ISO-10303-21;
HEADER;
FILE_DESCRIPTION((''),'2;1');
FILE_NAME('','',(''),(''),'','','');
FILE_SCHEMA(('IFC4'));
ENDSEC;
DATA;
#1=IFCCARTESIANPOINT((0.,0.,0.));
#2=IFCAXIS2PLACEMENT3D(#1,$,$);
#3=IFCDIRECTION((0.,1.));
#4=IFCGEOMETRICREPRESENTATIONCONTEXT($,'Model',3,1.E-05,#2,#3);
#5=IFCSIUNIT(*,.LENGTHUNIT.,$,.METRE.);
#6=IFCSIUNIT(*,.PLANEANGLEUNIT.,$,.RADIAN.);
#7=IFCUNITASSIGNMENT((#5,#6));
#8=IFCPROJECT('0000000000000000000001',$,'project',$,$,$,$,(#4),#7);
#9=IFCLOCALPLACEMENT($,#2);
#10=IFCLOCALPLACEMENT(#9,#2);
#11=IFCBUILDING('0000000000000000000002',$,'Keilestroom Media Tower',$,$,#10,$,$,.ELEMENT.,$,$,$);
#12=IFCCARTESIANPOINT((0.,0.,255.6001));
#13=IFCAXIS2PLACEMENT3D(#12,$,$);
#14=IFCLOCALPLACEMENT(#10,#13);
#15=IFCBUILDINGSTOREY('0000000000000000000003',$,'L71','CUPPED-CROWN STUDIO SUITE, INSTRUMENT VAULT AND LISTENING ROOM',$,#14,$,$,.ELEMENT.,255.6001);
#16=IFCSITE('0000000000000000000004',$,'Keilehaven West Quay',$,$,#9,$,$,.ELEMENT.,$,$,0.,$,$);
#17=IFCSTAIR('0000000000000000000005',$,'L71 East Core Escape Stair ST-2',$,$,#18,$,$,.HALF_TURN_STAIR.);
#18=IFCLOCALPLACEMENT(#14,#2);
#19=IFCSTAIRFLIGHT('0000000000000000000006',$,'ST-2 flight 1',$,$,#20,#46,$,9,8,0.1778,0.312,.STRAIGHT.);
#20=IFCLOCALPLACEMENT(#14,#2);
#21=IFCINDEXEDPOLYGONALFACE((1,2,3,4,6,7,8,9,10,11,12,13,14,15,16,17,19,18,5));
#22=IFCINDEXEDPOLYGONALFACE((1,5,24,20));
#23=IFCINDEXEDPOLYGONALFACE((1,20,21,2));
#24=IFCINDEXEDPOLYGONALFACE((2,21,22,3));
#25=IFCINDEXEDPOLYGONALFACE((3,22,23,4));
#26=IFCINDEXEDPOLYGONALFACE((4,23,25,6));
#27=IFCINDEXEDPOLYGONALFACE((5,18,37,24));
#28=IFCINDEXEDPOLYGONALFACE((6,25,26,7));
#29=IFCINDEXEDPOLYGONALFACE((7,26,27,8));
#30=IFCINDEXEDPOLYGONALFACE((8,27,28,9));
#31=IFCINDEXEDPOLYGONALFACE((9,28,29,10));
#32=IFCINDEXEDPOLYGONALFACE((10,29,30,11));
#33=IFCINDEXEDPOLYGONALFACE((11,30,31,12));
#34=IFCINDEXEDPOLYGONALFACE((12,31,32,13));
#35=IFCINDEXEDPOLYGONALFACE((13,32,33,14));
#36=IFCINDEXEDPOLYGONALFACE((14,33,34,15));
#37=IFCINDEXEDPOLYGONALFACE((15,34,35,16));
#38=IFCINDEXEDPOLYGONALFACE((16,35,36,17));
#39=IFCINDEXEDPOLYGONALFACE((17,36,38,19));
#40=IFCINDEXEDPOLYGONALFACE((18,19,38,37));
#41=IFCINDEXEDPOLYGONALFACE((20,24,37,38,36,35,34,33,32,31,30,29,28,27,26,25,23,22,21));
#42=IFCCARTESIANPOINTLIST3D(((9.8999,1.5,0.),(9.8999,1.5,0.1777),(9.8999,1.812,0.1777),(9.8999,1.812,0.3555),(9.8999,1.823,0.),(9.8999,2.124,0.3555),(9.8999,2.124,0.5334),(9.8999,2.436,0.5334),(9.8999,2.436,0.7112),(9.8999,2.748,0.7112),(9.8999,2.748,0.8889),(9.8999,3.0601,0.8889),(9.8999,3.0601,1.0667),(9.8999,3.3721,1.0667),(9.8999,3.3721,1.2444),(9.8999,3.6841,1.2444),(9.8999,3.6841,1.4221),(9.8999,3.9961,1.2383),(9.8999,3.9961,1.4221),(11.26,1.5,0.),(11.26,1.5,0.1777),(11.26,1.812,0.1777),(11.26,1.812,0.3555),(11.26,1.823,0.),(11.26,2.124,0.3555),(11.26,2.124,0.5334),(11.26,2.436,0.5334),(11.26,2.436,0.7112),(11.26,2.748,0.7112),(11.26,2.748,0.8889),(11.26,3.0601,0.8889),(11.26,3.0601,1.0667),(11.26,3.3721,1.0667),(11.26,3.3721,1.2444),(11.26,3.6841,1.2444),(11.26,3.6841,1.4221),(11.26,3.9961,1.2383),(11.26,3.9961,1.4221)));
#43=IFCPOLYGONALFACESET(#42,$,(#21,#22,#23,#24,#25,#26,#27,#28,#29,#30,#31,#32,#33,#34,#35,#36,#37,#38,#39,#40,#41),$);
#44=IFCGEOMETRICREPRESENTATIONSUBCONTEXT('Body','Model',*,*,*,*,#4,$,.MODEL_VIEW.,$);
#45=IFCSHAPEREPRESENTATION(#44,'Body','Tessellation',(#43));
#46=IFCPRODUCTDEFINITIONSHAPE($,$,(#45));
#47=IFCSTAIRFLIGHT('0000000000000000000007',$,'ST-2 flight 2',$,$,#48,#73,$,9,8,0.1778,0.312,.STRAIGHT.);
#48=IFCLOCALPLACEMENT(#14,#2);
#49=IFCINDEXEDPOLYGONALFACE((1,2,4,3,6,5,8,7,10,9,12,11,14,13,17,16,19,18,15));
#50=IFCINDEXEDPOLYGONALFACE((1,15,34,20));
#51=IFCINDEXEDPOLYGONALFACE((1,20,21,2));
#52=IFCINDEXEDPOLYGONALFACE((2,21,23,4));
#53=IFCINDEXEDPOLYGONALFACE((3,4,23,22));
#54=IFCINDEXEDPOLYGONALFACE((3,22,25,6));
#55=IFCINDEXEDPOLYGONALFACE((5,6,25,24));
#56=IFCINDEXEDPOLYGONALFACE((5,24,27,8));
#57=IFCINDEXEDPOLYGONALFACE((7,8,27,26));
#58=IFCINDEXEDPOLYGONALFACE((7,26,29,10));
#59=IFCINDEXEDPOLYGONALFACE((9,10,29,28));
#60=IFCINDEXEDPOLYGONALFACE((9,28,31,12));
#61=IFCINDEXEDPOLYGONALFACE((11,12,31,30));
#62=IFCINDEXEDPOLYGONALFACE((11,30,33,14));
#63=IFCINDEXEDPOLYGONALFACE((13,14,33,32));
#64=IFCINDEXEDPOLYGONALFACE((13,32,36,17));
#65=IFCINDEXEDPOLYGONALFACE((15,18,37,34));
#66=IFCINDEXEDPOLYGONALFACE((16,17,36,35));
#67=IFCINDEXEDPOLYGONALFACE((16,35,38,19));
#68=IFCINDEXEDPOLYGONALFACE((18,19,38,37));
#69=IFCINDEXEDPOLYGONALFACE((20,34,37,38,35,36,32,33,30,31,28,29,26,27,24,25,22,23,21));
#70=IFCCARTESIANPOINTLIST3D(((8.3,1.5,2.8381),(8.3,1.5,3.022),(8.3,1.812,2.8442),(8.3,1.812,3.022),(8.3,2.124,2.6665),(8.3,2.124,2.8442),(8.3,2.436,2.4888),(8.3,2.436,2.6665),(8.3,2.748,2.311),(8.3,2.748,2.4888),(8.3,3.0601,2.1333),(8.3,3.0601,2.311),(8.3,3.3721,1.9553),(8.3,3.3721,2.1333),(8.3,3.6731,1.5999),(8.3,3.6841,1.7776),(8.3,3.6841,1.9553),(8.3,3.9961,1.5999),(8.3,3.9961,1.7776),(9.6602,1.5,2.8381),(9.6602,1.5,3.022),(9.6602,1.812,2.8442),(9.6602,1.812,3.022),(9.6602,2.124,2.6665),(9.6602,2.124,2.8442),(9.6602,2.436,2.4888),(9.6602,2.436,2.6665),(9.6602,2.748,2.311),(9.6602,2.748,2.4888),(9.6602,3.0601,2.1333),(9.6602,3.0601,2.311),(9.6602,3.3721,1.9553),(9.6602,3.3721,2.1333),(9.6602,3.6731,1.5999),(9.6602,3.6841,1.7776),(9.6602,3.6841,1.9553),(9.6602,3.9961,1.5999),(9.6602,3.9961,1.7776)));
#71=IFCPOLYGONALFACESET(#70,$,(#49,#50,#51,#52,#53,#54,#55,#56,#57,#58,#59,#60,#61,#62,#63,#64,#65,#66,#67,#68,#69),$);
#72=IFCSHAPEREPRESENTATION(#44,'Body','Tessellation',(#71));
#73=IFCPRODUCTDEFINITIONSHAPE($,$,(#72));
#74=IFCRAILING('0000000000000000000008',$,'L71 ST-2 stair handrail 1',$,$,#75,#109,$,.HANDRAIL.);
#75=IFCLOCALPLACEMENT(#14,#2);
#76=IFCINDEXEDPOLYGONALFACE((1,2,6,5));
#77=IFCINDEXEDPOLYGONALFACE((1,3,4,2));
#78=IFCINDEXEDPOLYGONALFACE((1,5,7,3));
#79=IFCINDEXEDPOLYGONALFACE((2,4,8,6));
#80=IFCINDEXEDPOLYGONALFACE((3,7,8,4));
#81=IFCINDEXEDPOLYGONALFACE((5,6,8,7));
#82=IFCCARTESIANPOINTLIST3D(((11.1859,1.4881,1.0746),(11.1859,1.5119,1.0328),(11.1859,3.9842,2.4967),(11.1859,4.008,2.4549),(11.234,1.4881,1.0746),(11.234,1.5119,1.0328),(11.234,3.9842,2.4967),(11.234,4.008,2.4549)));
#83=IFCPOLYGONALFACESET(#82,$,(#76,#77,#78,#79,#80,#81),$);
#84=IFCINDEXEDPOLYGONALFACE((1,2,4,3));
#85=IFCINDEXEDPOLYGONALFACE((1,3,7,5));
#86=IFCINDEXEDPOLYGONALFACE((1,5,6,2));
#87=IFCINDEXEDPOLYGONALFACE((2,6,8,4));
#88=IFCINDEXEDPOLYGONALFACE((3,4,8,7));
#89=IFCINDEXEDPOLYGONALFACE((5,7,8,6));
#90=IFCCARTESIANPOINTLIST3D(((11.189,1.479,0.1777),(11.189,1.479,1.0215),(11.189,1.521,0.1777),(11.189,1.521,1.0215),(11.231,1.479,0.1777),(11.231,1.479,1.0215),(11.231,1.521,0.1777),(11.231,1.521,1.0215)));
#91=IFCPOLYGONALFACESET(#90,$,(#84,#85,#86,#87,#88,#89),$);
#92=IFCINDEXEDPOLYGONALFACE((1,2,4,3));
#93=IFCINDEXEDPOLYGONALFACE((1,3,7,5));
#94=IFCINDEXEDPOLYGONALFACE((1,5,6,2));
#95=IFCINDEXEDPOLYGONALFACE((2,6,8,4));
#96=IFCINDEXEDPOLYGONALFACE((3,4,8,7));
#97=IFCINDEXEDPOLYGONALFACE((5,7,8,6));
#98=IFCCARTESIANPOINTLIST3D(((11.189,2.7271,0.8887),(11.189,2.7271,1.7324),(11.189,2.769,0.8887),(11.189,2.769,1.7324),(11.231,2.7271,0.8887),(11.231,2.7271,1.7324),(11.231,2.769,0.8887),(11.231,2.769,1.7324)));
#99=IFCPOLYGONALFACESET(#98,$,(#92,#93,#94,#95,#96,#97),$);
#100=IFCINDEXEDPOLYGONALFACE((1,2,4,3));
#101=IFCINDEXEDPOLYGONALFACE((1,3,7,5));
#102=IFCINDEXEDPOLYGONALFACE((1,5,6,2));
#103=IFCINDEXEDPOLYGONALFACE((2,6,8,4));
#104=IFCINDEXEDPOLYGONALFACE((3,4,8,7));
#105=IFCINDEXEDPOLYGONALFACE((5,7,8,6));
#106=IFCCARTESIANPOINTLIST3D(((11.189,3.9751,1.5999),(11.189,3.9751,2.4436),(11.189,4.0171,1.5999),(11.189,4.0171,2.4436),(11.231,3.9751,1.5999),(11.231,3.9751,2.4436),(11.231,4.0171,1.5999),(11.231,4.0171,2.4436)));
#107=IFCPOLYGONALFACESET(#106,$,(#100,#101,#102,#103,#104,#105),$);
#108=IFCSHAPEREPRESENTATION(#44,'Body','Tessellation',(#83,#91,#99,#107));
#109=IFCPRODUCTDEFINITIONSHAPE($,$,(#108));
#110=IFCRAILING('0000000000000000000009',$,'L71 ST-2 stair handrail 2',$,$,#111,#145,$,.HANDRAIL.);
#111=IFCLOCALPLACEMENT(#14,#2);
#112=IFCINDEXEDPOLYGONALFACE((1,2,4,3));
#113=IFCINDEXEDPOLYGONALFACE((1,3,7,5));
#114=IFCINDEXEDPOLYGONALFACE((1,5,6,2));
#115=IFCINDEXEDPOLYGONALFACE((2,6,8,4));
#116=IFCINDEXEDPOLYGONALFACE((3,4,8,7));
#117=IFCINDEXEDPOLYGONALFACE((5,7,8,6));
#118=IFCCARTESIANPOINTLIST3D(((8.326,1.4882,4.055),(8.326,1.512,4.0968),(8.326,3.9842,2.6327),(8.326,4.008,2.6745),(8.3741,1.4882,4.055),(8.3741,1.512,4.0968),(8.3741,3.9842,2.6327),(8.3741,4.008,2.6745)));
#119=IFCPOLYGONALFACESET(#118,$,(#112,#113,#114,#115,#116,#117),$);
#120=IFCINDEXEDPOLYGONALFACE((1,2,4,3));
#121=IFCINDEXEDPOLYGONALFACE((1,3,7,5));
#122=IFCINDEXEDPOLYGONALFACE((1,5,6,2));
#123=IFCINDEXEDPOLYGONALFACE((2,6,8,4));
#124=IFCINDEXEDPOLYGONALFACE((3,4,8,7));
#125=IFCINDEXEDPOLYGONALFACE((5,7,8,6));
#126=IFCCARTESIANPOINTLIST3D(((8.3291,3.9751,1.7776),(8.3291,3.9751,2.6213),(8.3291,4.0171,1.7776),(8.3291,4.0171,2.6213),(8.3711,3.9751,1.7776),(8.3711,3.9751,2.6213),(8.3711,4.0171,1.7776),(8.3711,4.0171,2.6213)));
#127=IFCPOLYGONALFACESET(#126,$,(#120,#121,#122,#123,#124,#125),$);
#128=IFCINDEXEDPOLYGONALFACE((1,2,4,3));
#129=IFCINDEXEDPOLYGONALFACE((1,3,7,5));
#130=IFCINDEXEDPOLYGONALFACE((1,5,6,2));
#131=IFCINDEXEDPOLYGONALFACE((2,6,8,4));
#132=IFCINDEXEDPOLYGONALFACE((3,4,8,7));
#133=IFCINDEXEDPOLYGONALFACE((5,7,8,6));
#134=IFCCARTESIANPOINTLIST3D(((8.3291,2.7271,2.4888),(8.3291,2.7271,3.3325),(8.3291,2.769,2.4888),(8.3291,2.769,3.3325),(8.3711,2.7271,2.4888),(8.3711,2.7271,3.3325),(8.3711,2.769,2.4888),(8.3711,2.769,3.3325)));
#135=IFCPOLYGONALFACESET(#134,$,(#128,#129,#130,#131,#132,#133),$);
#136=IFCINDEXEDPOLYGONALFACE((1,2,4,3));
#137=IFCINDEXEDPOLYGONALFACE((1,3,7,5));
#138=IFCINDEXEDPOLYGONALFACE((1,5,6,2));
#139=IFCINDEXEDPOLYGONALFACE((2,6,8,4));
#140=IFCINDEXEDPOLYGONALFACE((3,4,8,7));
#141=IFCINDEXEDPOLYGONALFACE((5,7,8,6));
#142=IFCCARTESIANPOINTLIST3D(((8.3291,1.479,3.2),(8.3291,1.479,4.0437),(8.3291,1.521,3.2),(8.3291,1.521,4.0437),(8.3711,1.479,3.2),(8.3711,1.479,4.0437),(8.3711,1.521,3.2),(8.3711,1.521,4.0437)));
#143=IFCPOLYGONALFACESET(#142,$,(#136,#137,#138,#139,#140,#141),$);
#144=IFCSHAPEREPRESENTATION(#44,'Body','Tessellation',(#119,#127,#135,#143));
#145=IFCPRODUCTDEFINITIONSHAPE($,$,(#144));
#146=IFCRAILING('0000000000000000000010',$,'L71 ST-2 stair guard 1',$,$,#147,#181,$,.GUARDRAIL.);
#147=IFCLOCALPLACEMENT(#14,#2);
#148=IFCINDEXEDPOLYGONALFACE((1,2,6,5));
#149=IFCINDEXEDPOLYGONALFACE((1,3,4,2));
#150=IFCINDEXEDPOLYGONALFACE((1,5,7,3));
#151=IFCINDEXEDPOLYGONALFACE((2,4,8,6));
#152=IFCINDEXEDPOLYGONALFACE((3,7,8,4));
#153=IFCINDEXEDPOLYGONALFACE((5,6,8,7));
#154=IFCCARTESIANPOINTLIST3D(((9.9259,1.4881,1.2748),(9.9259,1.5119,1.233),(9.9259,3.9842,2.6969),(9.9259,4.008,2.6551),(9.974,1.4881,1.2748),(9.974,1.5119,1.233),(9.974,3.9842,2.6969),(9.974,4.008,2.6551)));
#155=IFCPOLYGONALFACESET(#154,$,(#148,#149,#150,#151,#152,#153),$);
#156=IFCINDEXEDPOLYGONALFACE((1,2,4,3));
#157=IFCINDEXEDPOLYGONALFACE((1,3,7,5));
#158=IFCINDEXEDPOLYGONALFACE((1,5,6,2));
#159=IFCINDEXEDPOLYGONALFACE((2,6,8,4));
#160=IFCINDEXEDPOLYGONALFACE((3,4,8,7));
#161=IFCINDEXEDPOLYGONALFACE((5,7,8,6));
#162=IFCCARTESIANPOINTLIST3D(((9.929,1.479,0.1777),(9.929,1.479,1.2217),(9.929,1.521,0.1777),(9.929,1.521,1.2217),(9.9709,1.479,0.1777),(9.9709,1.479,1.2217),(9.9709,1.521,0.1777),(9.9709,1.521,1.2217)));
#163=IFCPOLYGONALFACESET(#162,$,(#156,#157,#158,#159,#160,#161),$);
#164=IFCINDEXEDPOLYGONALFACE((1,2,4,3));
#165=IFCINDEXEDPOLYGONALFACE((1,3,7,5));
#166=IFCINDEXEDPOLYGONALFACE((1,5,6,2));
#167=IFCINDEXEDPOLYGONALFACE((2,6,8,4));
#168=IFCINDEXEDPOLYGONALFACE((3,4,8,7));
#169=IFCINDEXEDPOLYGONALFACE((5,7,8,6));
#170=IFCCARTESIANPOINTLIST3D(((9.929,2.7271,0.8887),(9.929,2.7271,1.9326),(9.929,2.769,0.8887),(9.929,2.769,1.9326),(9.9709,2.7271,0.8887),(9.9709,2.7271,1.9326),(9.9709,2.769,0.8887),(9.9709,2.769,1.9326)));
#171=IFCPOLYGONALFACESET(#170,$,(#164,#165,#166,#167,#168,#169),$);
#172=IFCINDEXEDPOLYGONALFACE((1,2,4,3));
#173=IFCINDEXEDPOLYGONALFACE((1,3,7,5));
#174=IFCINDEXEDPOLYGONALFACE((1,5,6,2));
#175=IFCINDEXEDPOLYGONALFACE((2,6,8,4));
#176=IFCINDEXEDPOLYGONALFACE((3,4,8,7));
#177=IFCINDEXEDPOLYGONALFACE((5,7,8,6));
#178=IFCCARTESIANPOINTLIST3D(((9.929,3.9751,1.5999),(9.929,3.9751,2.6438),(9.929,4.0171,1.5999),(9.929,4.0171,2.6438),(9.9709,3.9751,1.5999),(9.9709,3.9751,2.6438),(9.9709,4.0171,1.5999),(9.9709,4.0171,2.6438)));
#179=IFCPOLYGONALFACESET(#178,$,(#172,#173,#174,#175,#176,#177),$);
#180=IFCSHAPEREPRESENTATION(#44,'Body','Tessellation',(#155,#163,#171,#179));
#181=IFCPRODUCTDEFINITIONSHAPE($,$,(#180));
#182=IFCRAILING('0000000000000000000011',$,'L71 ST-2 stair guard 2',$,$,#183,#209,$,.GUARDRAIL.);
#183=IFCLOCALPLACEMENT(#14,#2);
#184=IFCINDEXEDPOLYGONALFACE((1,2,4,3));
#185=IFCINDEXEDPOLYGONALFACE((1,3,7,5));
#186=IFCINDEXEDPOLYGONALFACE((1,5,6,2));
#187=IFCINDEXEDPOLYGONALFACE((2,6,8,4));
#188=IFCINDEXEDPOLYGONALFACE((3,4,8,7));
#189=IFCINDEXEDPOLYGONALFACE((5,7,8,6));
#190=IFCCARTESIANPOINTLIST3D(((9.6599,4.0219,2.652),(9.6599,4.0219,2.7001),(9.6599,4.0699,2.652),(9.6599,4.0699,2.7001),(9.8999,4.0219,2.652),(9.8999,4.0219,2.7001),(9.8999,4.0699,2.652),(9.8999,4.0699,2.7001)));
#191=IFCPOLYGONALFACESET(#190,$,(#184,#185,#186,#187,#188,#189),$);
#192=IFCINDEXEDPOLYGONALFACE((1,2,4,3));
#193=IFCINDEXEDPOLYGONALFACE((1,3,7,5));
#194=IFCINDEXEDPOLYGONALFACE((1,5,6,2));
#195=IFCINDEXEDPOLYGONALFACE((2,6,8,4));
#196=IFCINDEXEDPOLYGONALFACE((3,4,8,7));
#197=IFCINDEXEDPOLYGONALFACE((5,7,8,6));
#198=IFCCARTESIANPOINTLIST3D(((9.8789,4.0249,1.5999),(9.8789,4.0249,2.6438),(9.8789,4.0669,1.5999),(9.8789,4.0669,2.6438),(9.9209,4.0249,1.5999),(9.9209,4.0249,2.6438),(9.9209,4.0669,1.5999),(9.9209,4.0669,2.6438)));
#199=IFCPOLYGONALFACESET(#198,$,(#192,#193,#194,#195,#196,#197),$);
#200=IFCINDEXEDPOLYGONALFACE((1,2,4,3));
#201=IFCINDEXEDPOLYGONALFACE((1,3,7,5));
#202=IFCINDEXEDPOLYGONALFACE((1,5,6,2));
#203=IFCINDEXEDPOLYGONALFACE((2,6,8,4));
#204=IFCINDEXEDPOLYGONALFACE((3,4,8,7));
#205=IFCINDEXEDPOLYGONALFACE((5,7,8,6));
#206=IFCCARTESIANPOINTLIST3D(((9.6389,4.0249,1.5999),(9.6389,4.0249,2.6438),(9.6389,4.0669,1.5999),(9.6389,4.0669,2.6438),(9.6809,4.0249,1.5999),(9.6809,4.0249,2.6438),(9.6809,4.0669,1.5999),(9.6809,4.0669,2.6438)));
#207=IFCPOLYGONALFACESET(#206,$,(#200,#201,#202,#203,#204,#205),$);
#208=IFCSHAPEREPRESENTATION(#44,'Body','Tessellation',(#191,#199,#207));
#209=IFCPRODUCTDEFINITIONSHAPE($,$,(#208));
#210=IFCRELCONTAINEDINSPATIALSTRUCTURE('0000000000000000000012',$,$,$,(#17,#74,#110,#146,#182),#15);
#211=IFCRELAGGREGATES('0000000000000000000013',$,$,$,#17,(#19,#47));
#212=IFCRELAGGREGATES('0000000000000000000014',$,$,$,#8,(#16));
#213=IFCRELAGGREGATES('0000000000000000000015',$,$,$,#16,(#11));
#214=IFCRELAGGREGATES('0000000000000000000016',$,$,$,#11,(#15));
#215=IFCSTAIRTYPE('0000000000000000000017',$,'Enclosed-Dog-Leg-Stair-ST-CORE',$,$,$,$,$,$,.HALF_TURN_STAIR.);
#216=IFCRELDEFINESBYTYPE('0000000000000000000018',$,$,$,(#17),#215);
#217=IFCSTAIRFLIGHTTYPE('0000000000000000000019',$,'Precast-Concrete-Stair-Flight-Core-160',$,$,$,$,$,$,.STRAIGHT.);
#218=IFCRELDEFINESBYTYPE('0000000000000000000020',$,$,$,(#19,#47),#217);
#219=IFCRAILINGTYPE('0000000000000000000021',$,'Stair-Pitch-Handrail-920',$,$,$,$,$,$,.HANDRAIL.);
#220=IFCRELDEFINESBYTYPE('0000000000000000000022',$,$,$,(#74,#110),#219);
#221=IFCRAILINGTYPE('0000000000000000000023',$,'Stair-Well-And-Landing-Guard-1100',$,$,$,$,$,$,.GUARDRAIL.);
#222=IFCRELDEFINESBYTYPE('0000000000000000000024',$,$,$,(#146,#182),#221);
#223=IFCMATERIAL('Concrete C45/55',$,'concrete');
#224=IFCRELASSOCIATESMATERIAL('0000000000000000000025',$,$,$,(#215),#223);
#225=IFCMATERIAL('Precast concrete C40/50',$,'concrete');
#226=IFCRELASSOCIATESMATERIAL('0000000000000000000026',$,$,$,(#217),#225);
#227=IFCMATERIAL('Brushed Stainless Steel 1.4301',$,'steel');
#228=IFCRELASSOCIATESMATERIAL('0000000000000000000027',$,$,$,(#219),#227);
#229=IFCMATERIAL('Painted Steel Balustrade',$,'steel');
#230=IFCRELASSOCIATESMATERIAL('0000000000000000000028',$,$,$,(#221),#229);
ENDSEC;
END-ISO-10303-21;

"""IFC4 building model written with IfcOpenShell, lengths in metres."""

from ifc_helpers import new_model, si_unit, direction, frame, origin, origin_2d, place, context, subcontext, project, spatial, polyline, rectangle, outline, extrude, material, type_object, element, aggregate, save


model = new_model("IFC4")

# Units and contexts
model_context = context("Model", 3, precision=1e-05, world=origin(), true_north=direction((0.0, 1.0)))
body_context = subcontext(model_context, "Body", "Model", "MODEL_VIEW")
ifc_project = project(units=[si_unit("LENGTHUNIT", "METRE"), si_unit("PLANEANGLEUNIT", "RADIAN")], contexts=[model_context])

# Site, building, storey
site_placement = place(None, origin())
site = spatial("IfcSite", under=ifc_project, at=site_placement, Name="Keilehaven West Quay", CompositionType="ELEMENT", RefElevation=0.0)
building_placement = place(site_placement, origin())
building = spatial("IfcBuilding", under=site, at=building_placement, Name="Keilestroom Media Tower", CompositionType="ELEMENT")
storey_placement = place(building_placement, frame((0.0, 0.0, 255.6001)))
storey = spatial("IfcBuildingStorey", under=building, at=storey_placement, Name="L71", Description="CUPPED-CROWN STUDIO SUITE, INSTRUMENT VAULT AND LISTENING ROOM", CompositionType="ELEMENT", Elevation=255.6001)

# Shared definitions
ifc_material_1 = material(Name="Precast concrete C40/50", Category="concrete")

# Stair
ifc_material_2 = material(Name="Concrete C45/55", Category="concrete")
stair_type = type_object("IfcStairType", Name="Enclosed-Dog-Leg-Stair-ST-CORE", PredefinedType="HALF_TURN_STAIR", material=ifc_material_2)
stair_1_placement = place(storey_placement, origin())
stair_1 = element("IfcStair", 1, at=stair_1_placement, inside=storey, type_object=stair_type, Name="L71 East Core Escape Stair ST-2", PredefinedType="HALF_TURN_STAIR")

# Stair flights
stair_flight_type = type_object("IfcStairFlightType", Name="Precast-Concrete-Stair-Flight-Core-160", PredefinedType="STRAIGHT", material=ifc_material_1)
stair_flight_1_placement = place(storey_placement, frame((10.5801, 1.5, 0.0), z_axis=(0.0, 0.0, 1.0), x_axis=(0.0, 1.0, 0.0)))
stair_flight_1 = element("IfcStairFlight", 2, at=stair_flight_1_placement, type_object=stair_flight_type, Name="ST-2 flight 1", NumberOfRisers=9, NumberOfTreads=8, PredefinedType="STRAIGHT", RiserHeight=0.1778, TreadLength=0.312, context=body_context, shape_type="SweptSolid", body=[
    extrude(outline(polyline([(0.0, 0.0), (0.0, 0.1777), (0.312, 0.1777), (0.312, 0.3555), (0.624, 0.3555), (0.624, 0.5334), (0.936, 0.5334), (0.936, 0.7112), (1.248, 0.7112), (1.248, 0.8889), (1.5601, 0.8889), (1.5601, 1.0667), (1.8721, 1.0667), (1.8721, 1.2444), (2.1841, 1.2444), (2.1841, 1.4221), (2.4961, 1.4221), (2.4961, 1.6001), (2.4961, 1.2383), (0.323, 0.0), (0.0, 0.0)])), frame((0.0, 0.6802, 0.0), z_axis=(0.0, -1.0, 0.0), x_axis=(1.0, 0.0, 0.0)), (0.0, 0.0, 1.0), 1.3601),
])
stair_flight_2_placement = place(storey_placement, frame((8.98, 3.9961, 1.5999), z_axis=(0.0, 0.0, 1.0), x_axis=(0.0, -1.0, 0.0)))
stair_flight_2 = element("IfcStairFlight", 3, at=stair_flight_2_placement, type_object=stair_flight_type, Name="ST-2 flight 2", NumberOfRisers=9, NumberOfTreads=8, PredefinedType="STRAIGHT", RiserHeight=0.1778, TreadLength=0.312, context=body_context, shape_type="SweptSolid", body=[
    extrude(outline(polyline([(0.0, 0.0), (0.0, 0.1777), (0.312, 0.1777), (0.312, 0.3555), (0.624, 0.3555), (0.624, 0.5334), (0.936, 0.5334), (0.936, 0.7112), (1.248, 0.7112), (1.248, 0.8889), (1.5601, 0.8889), (1.5601, 1.0667), (1.8721, 1.0667), (1.8721, 1.2444), (2.1841, 1.2444), (2.1841, 1.4221), (2.4961, 1.4221), (2.4961, 1.6001), (2.4961, 1.2383), (0.323, 0.0), (0.0, 0.0)])), frame((0.0, 0.6802, 0.0), z_axis=(0.0, -1.0, 0.0), x_axis=(1.0, 0.0, 0.0)), (0.0, 0.0, 1.0), 1.3601),
])
aggregate(stair_1, [stair_flight_1, stair_flight_2])

# Railings
ifc_material_3 = material(Name="Brushed Stainless Steel 1.4301", Category="steel")
railing_type_1 = type_object("IfcRailingType", Name="Stair-Pitch-Handrail-920", PredefinedType="HANDRAIL", material=ifc_material_3)
railing_1_placement = place(storey_placement, frame((11.21, 1.5, 0.1777)))
element("IfcRailing", 4, at=railing_1_placement, inside=storey, type_object=railing_type_1, Name="L71 ST-2 stair handrail 1", PredefinedType="HANDRAIL", context=body_context, shape_type="SweptSolid", body=[
    extrude(rectangle(XDim=0.0481, YDim=0.0481, at=origin_2d()), frame((0.0, 0.0, 0.876), z_axis=(0.0, 0.868875, 0.495031), x_axis=(-1.0, 0.0, 0.0)), (0.0, 0.0, 1.0), 2.8728),
    extrude(rectangle(XDim=0.042, YDim=0.042, at=origin_2d()), origin(), (0.0, 0.0, 1.0), 0.8438),
    extrude(rectangle(XDim=0.042, YDim=0.042, at=origin_2d()), frame((0.0, 1.248, 0.7109)), (0.0, 0.0, 1.0), 0.8438),
    extrude(rectangle(XDim=0.042, YDim=0.042, at=origin_2d()), frame((0.0, 2.4961, 1.4221)), (0.0, 0.0, 1.0), 0.8438),
])
railing_2_placement = place(storey_placement, frame((8.3501, 3.9961, 1.7776)))
element("IfcRailing", 5, at=railing_2_placement, inside=storey, type_object=railing_type_1, Name="L71 ST-2 stair handrail 2", PredefinedType="HANDRAIL", context=body_context, shape_type="SweptSolid", body=[
    extrude(rectangle(XDim=0.0481, YDim=0.0481, at=origin_2d()), frame((0.0, 0.0, 0.876), z_axis=(0.0, -0.868839, 0.495095), x_axis=(1.0, 0.0, 0.0)), (0.0, 0.0, 1.0), 2.8728),
    extrude(rectangle(XDim=0.042, YDim=0.042, at=origin_2d()), origin(), (0.0, 0.0, 1.0), 0.8438),
    extrude(rectangle(XDim=0.042, YDim=0.042, at=origin_2d()), frame((0.0, -1.248, 0.7112)), (0.0, 0.0, 1.0), 0.8438),
    extrude(rectangle(XDim=0.042, YDim=0.042, at=origin_2d()), frame((0.0, -2.4961, 1.4224)), (0.0, 0.0, 1.0), 0.8438),
])
ifc_material_4 = material(Name="Painted Steel Balustrade", Category="steel")
railing_type_2 = type_object("IfcRailingType", Name="Stair-Well-And-Landing-Guard-1100", PredefinedType="GUARDRAIL", material=ifc_material_4)
railing_3_placement = place(storey_placement, frame((9.95, 1.5, 0.1777)))
element("IfcRailing", 6, at=railing_3_placement, inside=storey, type_object=railing_type_2, Name="L71 ST-2 stair guard 1", PredefinedType="GUARDRAIL", context=body_context, shape_type="SweptSolid", body=[
    extrude(rectangle(XDim=0.0481, YDim=0.0481, at=origin_2d()), frame((0.0, 0.0, 1.0762), z_axis=(0.0, 0.868875, 0.495031), x_axis=(-1.0, 0.0, 0.0)), (0.0, 0.0, 1.0), 2.8728),
    extrude(rectangle(XDim=0.042, YDim=0.042, at=origin_2d()), origin(), (0.0, 0.0, 1.0), 1.0439),
    extrude(rectangle(XDim=0.042, YDim=0.042, at=origin_2d()), frame((0.0, 1.248, 0.7109)), (0.0, 0.0, 1.0), 1.0439),
    extrude(rectangle(XDim=0.042, YDim=0.042, at=origin_2d()), frame((0.0, 2.4961, 1.4221)), (0.0, 0.0, 1.0), 1.0439),
])
railing_4_placement = place(storey_placement, frame((9.8999, 4.0459, 1.5999)))
element("IfcRailing", 7, at=railing_4_placement, inside=storey, type_object=railing_type_2, Name="L71 ST-2 stair guard 2", PredefinedType="GUARDRAIL", context=body_context, shape_type="SweptSolid", body=[
    extrude(rectangle(XDim=0.0481, YDim=0.0481, at=origin_2d()), frame((0.0, 0.0, 1.0762), z_axis=(-1.0, 0.0, 0.0), x_axis=(0.0, -1.0, 0.0)), (0.0, 0.0, 1.0), 0.24),
    extrude(rectangle(XDim=0.042, YDim=0.042, at=origin_2d()), origin(), (0.0, 0.0, 1.0), 1.0439),
    extrude(rectangle(XDim=0.042, YDim=0.042, at=origin_2d()), frame((-0.24, 0.0, 0.0)), (0.0, 0.0, 1.0), 1.0439),
])

save(model, "model.ifc")
